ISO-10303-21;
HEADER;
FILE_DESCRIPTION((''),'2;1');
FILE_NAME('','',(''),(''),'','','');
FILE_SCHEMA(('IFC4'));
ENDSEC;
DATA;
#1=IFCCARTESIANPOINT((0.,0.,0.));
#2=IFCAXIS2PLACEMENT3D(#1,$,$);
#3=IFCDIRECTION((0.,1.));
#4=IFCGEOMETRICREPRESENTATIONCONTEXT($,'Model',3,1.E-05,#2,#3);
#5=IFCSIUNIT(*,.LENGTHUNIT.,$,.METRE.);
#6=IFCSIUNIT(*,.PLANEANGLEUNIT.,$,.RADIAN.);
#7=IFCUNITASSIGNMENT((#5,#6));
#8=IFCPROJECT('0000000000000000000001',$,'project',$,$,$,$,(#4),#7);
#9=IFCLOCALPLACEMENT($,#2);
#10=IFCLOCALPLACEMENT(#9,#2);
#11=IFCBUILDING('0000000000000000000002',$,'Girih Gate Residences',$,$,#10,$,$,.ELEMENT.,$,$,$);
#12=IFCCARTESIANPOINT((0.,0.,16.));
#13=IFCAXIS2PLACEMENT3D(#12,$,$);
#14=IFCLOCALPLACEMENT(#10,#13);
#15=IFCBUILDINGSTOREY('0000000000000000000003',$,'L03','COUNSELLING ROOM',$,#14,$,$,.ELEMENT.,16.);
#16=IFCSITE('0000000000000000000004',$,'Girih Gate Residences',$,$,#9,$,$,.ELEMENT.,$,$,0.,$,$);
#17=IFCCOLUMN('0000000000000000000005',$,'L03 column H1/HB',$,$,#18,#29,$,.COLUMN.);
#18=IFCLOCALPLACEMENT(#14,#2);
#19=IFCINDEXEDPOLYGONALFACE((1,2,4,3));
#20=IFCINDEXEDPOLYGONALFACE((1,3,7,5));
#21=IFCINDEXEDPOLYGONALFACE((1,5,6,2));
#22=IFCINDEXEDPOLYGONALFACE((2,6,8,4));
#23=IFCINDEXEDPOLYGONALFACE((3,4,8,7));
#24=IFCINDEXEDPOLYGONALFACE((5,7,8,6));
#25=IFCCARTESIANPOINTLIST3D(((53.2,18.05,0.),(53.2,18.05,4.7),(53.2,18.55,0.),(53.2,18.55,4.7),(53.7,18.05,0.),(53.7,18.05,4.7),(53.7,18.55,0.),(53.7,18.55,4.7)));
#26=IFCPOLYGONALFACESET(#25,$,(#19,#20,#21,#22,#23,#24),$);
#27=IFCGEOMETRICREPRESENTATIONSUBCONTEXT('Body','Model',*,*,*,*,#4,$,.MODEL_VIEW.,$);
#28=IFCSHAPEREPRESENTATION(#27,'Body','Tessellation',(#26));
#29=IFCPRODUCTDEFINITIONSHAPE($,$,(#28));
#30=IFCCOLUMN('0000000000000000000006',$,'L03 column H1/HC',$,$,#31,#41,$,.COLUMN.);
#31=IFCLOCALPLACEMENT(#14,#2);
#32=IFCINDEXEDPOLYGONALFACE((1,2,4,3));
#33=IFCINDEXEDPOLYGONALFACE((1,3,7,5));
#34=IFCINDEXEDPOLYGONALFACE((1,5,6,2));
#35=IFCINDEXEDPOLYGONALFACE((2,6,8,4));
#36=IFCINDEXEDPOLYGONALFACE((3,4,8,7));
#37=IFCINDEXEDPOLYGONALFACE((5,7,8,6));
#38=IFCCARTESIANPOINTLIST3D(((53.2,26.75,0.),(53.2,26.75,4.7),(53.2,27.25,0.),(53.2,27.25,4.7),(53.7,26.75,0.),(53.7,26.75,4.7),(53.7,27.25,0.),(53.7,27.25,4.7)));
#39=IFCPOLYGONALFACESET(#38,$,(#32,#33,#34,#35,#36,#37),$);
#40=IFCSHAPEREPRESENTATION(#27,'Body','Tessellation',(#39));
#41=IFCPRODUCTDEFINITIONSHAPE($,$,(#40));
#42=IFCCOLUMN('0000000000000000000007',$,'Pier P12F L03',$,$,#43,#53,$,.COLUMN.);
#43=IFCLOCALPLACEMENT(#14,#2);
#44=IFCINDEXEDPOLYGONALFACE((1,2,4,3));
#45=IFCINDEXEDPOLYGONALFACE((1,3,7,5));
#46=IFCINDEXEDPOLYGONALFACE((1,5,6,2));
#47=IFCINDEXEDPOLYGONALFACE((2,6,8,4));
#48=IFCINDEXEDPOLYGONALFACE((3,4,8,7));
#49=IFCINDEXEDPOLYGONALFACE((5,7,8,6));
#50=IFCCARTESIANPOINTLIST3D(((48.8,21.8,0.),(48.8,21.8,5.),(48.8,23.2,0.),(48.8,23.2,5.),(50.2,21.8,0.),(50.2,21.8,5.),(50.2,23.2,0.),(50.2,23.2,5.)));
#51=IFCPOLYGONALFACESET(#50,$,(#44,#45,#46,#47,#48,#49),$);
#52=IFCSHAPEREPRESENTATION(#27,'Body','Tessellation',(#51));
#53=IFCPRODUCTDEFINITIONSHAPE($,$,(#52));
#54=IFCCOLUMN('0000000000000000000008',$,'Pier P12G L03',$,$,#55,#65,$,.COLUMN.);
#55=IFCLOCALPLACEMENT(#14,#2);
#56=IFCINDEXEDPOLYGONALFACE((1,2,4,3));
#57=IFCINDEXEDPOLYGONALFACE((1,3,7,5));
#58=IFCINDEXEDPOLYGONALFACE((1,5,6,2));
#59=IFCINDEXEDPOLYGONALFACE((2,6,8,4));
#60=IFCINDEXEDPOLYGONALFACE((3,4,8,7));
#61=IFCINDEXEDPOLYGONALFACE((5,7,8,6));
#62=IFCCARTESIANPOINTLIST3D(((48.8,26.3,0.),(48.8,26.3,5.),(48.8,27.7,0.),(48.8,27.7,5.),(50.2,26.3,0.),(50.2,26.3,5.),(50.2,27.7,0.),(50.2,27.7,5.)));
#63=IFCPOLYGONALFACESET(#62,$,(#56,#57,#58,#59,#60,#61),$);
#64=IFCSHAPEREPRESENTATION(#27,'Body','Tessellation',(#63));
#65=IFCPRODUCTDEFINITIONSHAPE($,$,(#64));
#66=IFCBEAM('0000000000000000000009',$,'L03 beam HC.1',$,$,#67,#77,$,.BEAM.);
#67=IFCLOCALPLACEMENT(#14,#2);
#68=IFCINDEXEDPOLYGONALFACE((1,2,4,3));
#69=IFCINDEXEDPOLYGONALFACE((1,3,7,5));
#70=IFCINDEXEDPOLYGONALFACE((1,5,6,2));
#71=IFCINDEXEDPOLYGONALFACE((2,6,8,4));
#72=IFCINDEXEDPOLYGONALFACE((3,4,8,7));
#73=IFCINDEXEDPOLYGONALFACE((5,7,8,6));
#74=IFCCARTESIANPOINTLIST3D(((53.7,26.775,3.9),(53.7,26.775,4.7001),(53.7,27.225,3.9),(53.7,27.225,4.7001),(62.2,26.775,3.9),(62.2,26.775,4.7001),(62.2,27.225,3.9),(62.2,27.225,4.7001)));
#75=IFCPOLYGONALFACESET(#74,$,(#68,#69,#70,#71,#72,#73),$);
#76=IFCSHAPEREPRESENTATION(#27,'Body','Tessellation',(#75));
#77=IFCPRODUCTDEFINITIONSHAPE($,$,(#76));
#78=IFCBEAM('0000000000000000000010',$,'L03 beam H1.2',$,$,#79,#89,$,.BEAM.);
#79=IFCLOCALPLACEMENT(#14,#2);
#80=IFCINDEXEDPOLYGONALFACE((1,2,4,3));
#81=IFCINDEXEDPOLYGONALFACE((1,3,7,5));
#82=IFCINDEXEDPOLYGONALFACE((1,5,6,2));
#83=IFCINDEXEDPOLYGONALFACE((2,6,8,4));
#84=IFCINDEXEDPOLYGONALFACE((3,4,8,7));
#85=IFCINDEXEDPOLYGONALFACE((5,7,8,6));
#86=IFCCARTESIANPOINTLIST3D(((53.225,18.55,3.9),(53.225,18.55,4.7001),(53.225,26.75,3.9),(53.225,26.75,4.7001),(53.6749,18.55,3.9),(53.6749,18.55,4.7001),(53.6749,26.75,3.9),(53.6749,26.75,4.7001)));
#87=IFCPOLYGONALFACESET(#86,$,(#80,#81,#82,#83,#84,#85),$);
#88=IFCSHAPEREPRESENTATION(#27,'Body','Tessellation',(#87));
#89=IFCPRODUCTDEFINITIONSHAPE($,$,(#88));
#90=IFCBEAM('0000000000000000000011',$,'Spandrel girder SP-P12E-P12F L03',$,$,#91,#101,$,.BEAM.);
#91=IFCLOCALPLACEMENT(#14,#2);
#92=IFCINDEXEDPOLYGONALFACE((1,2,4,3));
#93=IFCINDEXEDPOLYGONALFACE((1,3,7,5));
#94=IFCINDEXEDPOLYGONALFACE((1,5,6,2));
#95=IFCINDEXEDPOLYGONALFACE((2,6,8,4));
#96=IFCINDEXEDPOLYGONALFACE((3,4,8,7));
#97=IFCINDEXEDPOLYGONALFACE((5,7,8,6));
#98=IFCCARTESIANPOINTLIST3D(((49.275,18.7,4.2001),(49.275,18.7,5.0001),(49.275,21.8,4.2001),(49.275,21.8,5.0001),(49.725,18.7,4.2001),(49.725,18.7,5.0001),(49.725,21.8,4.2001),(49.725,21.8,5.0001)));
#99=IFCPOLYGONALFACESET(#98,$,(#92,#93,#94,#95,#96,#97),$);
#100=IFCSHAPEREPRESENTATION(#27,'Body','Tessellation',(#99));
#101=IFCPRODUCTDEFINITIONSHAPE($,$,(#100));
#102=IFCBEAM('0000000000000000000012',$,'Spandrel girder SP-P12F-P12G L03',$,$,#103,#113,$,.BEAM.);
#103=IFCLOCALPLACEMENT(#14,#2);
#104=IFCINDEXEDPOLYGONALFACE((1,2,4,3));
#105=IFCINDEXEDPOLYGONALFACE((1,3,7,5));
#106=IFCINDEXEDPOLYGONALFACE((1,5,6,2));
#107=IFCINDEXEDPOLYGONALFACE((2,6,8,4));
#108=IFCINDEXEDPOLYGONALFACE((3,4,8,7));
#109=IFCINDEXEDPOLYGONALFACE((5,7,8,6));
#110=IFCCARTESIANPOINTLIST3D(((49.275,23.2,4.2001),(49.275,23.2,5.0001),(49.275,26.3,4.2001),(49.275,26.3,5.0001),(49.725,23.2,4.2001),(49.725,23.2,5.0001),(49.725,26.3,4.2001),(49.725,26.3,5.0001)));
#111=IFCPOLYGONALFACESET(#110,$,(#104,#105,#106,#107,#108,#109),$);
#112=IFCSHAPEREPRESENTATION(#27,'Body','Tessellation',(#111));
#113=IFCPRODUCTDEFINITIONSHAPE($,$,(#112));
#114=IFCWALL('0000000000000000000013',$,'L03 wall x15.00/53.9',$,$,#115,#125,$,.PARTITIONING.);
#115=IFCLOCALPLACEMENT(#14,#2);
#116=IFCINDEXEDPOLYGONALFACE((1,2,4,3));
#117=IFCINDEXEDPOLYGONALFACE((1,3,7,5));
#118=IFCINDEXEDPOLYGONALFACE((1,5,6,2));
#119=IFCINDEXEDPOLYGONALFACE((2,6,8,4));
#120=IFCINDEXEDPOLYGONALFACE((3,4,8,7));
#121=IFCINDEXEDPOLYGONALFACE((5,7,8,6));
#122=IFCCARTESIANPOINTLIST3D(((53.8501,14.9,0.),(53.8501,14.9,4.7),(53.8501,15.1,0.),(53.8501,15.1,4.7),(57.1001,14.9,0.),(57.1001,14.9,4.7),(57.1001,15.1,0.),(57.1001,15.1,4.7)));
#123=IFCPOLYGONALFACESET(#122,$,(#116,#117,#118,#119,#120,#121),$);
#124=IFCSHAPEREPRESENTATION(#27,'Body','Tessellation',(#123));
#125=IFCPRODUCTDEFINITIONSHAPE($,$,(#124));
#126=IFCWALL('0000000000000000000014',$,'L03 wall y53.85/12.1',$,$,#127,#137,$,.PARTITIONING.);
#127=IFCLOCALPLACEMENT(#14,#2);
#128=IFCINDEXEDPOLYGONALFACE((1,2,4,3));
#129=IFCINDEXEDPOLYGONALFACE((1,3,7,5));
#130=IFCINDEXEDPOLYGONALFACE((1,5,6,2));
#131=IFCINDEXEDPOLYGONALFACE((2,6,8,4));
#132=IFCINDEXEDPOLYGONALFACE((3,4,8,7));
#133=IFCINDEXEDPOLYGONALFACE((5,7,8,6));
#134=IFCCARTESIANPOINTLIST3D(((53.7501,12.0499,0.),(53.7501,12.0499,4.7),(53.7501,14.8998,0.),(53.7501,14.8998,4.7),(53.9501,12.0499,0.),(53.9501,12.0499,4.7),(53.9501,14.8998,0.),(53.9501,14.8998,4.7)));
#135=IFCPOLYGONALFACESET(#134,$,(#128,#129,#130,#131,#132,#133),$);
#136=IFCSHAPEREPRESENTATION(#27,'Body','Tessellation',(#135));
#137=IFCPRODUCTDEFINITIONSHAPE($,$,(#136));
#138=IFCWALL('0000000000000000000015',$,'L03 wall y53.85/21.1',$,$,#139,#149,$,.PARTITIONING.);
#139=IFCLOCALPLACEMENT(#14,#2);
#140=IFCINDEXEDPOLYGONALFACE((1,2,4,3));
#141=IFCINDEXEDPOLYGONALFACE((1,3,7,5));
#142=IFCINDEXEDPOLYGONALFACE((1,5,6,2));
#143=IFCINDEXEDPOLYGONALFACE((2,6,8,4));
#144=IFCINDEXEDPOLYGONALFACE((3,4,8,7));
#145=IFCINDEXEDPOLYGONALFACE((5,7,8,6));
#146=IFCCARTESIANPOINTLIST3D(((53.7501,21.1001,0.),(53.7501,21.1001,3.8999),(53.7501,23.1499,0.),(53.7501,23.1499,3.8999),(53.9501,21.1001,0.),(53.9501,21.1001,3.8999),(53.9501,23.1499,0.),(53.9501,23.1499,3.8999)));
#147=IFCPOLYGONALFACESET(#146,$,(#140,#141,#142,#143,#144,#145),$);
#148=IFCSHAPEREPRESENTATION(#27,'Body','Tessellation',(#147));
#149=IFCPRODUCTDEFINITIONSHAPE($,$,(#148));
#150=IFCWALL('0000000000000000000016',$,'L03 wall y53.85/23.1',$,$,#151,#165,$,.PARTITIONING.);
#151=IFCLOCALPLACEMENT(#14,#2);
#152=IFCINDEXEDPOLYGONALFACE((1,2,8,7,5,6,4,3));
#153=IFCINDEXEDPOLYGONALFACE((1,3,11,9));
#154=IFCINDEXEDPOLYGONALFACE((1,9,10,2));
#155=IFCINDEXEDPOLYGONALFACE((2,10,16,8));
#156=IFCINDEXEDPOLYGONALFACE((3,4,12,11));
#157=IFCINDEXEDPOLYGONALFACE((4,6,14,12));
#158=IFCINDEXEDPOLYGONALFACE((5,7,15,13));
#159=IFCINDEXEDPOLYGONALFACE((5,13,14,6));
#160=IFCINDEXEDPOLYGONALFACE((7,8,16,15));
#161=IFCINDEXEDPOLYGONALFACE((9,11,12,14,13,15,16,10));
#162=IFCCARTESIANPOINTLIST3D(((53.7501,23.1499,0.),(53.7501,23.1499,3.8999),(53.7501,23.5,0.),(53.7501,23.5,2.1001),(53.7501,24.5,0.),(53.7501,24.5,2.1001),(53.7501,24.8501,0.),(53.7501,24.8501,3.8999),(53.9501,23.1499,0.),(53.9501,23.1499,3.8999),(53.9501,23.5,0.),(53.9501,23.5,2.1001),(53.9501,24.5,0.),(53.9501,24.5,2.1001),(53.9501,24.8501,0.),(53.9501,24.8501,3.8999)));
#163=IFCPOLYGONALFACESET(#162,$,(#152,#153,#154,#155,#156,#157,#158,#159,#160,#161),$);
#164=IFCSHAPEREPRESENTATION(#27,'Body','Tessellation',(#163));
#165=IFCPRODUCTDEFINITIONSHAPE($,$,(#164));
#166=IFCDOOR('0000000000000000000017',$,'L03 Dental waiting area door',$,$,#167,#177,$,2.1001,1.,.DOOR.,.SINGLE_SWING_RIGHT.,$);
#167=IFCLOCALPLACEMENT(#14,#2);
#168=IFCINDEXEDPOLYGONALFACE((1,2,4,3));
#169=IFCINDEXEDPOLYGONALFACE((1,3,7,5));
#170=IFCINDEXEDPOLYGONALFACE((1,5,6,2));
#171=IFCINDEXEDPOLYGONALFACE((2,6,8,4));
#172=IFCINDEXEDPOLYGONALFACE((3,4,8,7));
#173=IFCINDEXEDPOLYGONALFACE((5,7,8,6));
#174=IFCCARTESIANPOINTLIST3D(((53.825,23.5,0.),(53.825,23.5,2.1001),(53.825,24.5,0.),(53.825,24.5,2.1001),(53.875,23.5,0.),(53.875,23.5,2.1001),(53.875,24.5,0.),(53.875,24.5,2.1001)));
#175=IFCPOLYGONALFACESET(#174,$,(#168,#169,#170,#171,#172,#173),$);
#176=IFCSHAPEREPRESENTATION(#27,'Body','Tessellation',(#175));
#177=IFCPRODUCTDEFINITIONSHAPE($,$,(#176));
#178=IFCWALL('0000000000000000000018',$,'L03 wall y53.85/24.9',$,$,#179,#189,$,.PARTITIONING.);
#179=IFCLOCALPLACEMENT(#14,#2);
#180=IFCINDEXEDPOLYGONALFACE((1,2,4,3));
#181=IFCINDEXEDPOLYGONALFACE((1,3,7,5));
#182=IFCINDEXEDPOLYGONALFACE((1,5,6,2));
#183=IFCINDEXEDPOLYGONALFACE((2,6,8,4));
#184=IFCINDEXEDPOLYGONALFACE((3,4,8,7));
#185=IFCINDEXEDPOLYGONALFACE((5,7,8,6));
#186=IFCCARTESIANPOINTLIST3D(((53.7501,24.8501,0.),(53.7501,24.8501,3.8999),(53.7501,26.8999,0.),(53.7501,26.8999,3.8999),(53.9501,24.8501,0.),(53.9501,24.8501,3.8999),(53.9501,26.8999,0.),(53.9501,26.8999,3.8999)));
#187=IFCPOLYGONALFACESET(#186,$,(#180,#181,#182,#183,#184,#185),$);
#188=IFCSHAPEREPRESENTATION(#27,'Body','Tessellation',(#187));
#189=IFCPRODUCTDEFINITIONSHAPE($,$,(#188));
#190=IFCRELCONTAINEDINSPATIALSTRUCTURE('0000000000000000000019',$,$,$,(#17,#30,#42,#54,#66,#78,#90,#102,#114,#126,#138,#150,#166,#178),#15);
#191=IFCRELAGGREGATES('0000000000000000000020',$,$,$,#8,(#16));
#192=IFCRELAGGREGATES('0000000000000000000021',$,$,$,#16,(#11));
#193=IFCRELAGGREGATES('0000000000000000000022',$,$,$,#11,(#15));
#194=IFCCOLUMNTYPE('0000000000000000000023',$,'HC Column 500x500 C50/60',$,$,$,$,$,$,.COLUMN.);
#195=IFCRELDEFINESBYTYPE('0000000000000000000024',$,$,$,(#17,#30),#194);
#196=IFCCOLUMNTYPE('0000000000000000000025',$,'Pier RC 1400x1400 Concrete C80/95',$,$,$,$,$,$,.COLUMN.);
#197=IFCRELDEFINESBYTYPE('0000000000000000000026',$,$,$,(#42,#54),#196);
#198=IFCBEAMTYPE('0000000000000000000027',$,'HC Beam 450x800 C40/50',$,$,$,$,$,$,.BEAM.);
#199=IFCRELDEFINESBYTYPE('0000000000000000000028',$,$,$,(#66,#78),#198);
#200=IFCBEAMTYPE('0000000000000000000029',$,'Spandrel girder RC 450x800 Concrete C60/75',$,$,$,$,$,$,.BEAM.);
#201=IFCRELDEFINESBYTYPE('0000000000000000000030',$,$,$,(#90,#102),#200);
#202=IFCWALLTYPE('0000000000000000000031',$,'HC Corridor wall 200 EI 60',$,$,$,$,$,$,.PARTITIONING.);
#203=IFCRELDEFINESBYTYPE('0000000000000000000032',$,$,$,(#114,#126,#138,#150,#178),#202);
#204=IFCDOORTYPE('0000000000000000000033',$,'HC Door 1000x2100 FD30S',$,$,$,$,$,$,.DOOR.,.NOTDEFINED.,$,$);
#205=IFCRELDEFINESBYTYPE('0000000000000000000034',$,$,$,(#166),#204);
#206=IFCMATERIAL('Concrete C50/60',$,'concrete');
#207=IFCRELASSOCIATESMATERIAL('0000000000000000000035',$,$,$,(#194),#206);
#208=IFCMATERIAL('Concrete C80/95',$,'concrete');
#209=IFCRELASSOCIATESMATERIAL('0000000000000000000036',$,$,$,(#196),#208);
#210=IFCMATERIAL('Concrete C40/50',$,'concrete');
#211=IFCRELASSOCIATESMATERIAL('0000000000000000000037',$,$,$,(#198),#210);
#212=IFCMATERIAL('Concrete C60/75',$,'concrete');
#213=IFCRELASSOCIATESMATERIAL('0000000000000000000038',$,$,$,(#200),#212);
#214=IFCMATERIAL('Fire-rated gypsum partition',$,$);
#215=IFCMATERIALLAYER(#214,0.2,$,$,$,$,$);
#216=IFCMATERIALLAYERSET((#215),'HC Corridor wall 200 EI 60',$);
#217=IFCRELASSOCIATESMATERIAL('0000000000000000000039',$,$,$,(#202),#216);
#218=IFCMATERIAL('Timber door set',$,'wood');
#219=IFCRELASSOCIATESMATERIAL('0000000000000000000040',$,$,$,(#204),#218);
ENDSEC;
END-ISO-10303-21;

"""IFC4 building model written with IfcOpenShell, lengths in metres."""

from ifc_helpers import new_model, si_unit, direction, frame, frame_2d, origin, origin_2d, place, context, subcontext, project, spatial, rectangle, extrude, material, layer, layer_set, material_profile, profile_set, type_object, element, fill, save


model = new_model("IFC4")

# Units and contexts
model_context = context("Model", 3, precision=1e-05, world=origin(), true_north=direction((0.0, 1.0)))
body_context = subcontext(model_context, "Body", "Model", "MODEL_VIEW")
ifc_project = project(units=[si_unit("LENGTHUNIT", "METRE"), si_unit("PLANEANGLEUNIT", "RADIAN")], contexts=[model_context])

# Site, building, storey
site_placement = place(None, origin())
site = spatial("IfcSite", under=ifc_project, at=site_placement, Name="Girih Gate Residences", CompositionType="ELEMENT", RefElevation=0.0)
building_placement = place(site_placement, origin())
building = spatial("IfcBuilding", under=site, at=building_placement, Name="Girih Gate Residences", CompositionType="ELEMENT")
storey_placement = place(building_placement, frame((0.0, 0.0, 16.0)))
storey = spatial("IfcBuildingStorey", under=building, at=storey_placement, Name="L03", Description="COUNSELLING ROOM", CompositionType="ELEMENT", Elevation=16.0)

# Columns
ifc_material_1 = material(Name="Concrete C50/60", Category="concrete")
ifc_material_profile_1 = material_profile(ifc_material_1, rectangle(XDim=0.5, YDim=0.5, at=origin_2d()))
ifc_profile_set_1 = profile_set([ifc_material_profile_1], Name="Concrete C50/60")
column_type_1 = type_object("IfcColumnType", Name="HC Column 500x500 C50/60", PredefinedType="COLUMN", material=ifc_profile_set_1)
for number, where, z_axis, x_axis, name in (
    (1, (53.45, 18.3, 0.0), (0.0, 0.0, 1.0), (1.0, 0.0, 0.0), "L03 column H1/HB"),
    (2, (53.45, 27.0, 0.0), (0.0, 0.0, 1.0), (1.0, 0.0, 0.0), "L03 column H1/HC"),
):
    element("IfcColumn", number, at=place(storey_placement, frame(where, z_axis=z_axis, x_axis=x_axis)), inside=storey, type_object=column_type_1, Name=name, PredefinedType="COLUMN", context=body_context, shape_type="SweptSolid", body=[
        extrude(rectangle(XDim=0.5, YDim=0.5, at=origin_2d()), origin(), (0.0, 0.0, 1.0), 4.7),
    ])
ifc_material_2 = material(Name="Concrete C80/95", Category="concrete")
ifc_material_profile_2 = material_profile(ifc_material_2, rectangle(XDim=1.3999, YDim=1.3999, at=origin_2d()))
ifc_profile_set_2 = profile_set([ifc_material_profile_2], Name="Concrete C80/95")
column_type_2 = type_object("IfcColumnType", Name="Pier RC 1400x1400 Concrete C80/95", PredefinedType="COLUMN", material=ifc_profile_set_2)
for number, where, z_axis, x_axis, name in (
    (3, (49.5, 22.5, 0.0), (0.0, 0.0, 1.0), (1.0, 0.0, 0.0), "Pier P12F L03"),
    (4, (49.5, 27.0, 0.0), (0.0, 0.0, 1.0), (1.0, 0.0, 0.0), "Pier P12G L03"),
):
    element("IfcColumn", number, at=place(storey_placement, frame(where, z_axis=z_axis, x_axis=x_axis)), inside=storey, type_object=column_type_2, Name=name, PredefinedType="COLUMN", context=body_context, shape_type="SweptSolid", body=[
        extrude(rectangle(XDim=1.3999, YDim=1.3999, at=origin_2d()), origin(), (0.0, 0.0, 1.0), 5.0),
    ])

# Beams
ifc_material_3 = material(Name="Concrete C40/50", Category="concrete")
ifc_material_profile_3 = material_profile(ifc_material_3, rectangle(XDim=0.45, YDim=0.8, at=origin_2d()))
ifc_profile_set_3 = profile_set([ifc_material_profile_3], Name="Concrete C40/50")
beam_type_1 = type_object("IfcBeamType", Name="HC Beam 450x800 C40/50", PredefinedType="BEAM", material=ifc_profile_set_3)
beam_1_placement = place(storey_placement, frame((53.7, 27.0, 4.3), z_axis=(1.0, 0.0, 0.0), x_axis=(0.0, 1.0, 0.0)))
element("IfcBeam", 5, at=beam_1_placement, inside=storey, type_object=beam_type_1, Name="L03 beam HC.1", PredefinedType="BEAM", context=body_context, shape_type="SweptSolid", body=[
    extrude(rectangle(XDim=0.45, YDim=0.8, at=origin_2d()), origin(), (0.0, 0.0, 1.0), 8.5),
])
beam_2_placement = place(storey_placement, frame((53.45, 18.55, 4.3), z_axis=(0.0, 1.0, 0.0), x_axis=(-1.0, 0.0, 0.0)))
element("IfcBeam", 6, at=beam_2_placement, inside=storey, type_object=beam_type_1, Name="L03 beam H1.2", PredefinedType="BEAM", context=body_context, shape_type="SweptSolid", body=[
    extrude(rectangle(XDim=0.45, YDim=0.8, at=origin_2d()), origin(), (0.0, 0.0, 1.0), 8.2),
])
ifc_material_4 = material(Name="Concrete C60/75", Category="concrete")
ifc_material_profile_4 = material_profile(ifc_material_4, rectangle(XDim=0.45, YDim=0.8, at=origin_2d()))
ifc_profile_set_4 = profile_set([ifc_material_profile_4], Name="Concrete C60/75")
beam_type_2 = type_object("IfcBeamType", Name="Spandrel girder RC 450x800 Concrete C60/75", PredefinedType="BEAM", material=ifc_profile_set_4)
for number, where, z_axis, x_axis, name in (
    (7, (49.5, 18.7, 4.6001), (0.0, 1.0, 0.0), (-1.0, 0.0, 0.0), "Spandrel girder SP-P12E-P12F L03"),
    (8, (49.5, 23.2, 4.6001), (0.0, 1.0, 0.0), (-1.0, 0.0, 0.0), "Spandrel girder SP-P12F-P12G L03"),
):
    element("IfcBeam", number, at=place(storey_placement, frame(where, z_axis=z_axis, x_axis=x_axis)), inside=storey, type_object=beam_type_2, Name=name, PredefinedType="BEAM", context=body_context, shape_type="SweptSolid", body=[
        extrude(rectangle(XDim=0.45, YDim=0.8, at=origin_2d()), origin(), (0.0, 0.0, 1.0), 3.1001),
    ])

# Walls
ifc_material_5 = material(Name="Fire-rated gypsum partition")
ifc_layer_1 = layer(ifc_material_5, 0.2)
ifc_layer_set_1 = layer_set([ifc_layer_1], Name="HC Corridor wall 200 EI 60")
wall_type_1 = type_object("IfcWallType", Name="HC Corridor wall 200 EI 60", PredefinedType="PARTITIONING", material=ifc_layer_set_1)
wall_1_placement = place(storey_placement, frame((53.8501, 15.0, 0.0), z_axis=(0.0, 0.0, 1.0), x_axis=(1.0, 0.0, 0.0)))
element("IfcWall", 9, at=wall_1_placement, inside=storey, type_object=wall_type_1, Name="L03 wall x15.00/53.9", PredefinedType="PARTITIONING", context=body_context, shape_type="SweptSolid", body=[
    extrude(rectangle(XDim=3.25, YDim=0.2, at=frame_2d((1.625, 0.0))), origin(), (0.0, 0.0, 1.0), 4.7),
])
wall_2_placement = place(storey_placement, frame((53.8501, 12.05, 0.0), z_axis=(0.0, 0.0, 1.0), x_axis=(0.0, 1.0, 0.0)))
element("IfcWall", 10, at=wall_2_placement, inside=storey, type_object=wall_type_1, Name="L03 wall y53.85/12.1", PredefinedType="PARTITIONING", context=body_context, shape_type="SweptSolid", body=[
    extrude(rectangle(XDim=2.8499, YDim=0.2, at=frame_2d((1.4248, 0.0))), origin(), (0.0, 0.0, 1.0), 4.7),
])
wall_3_placement = place(storey_placement, frame((53.8501, 21.1001, 0.0), z_axis=(0.0, 0.0, 1.0), x_axis=(0.0, 1.0, 0.0)))
element("IfcWall", 11, at=wall_3_placement, inside=storey, type_object=wall_type_1, Name="L03 wall y53.85/21.1", PredefinedType="PARTITIONING", context=body_context, shape_type="SweptSolid", body=[
    extrude(rectangle(XDim=2.0498, YDim=0.2, at=frame_2d((1.0249, 0.0))), origin(), (0.0, 0.0, 1.0), 3.8999),
])

# Wall, opening, door
wall_4_placement = place(storey_placement, frame((53.8501, 24.8501, 0.0), z_axis=(0.0, 0.0, 1.0), x_axis=(0.0, -1.0, 0.0)))
wall_4 = element("IfcWall", 12, at=wall_4_placement, inside=storey, type_object=wall_type_1, Name="L03 wall y53.85/23.1", PredefinedType="PARTITIONING", context=body_context, shape_type="SweptSolid", body=[
    extrude(rectangle(XDim=1.7002, YDim=0.2, at=frame_2d((0.8501, 0.0))), origin(), (0.0, 0.0, 1.0), 3.8999),
])
opening_1_placement = place(wall_4_placement, frame((0.3501, 0.0, 0.0)))
opening_1 = element("IfcOpeningElement", 13, at=opening_1_placement, cuts=wall_4, PredefinedType="OPENING", context=body_context, shape_type="SweptSolid", body=[
    extrude(rectangle(XDim=1.0, YDim=2.1001, at=frame_2d((0.5, 1.05))), frame((0.0, 0.1099, 0.0), z_axis=(0.0, -1.0, 0.0), x_axis=(1.0, 0.0, 0.0)), (0.0, 0.0, 1.0), 0.22),
])
ifc_material_6 = material(Name="Timber door set", Category="wood")
door_type_1 = type_object("IfcDoorType", Name="HC Door 1000x2100 FD30S", OperationType="NOTDEFINED", PredefinedType="DOOR", material=ifc_material_6)
door_1_placement = place(opening_1_placement, origin())
door_1 = element("IfcDoor", 14, at=door_1_placement, inside=storey, type_object=door_type_1, Name="L03 Dental waiting area door", OperationType="SINGLE_SWING_RIGHT", OverallHeight=2.1001, OverallWidth=1.0, PredefinedType="DOOR", context=body_context, shape_type="SweptSolid", body=[
    extrude(rectangle(XDim=1.0, YDim=2.1001, at=frame_2d((0.5, 1.05))), frame((0.0, 0.0249, 0.0), z_axis=(0.0, -1.0, 0.0), x_axis=(1.0, 0.0, 0.0)), (0.0, 0.0, 1.0), 0.05),
])
fill(opening_1, door_1)

# Wall
wall_5_placement = place(storey_placement, frame((53.8501, 24.8501, 0.0), z_axis=(0.0, 0.0, 1.0), x_axis=(0.0, 1.0, 0.0)))
element("IfcWall", 15, at=wall_5_placement, inside=storey, type_object=wall_type_1, Name="L03 wall y53.85/24.9", PredefinedType="PARTITIONING", context=body_context, shape_type="SweptSolid", body=[
    extrude(rectangle(XDim=2.0498, YDim=0.2, at=frame_2d((1.0249, 0.0))), origin(), (0.0, 0.0, 1.0), 3.8999),
])

save(model, "model.ifc")
